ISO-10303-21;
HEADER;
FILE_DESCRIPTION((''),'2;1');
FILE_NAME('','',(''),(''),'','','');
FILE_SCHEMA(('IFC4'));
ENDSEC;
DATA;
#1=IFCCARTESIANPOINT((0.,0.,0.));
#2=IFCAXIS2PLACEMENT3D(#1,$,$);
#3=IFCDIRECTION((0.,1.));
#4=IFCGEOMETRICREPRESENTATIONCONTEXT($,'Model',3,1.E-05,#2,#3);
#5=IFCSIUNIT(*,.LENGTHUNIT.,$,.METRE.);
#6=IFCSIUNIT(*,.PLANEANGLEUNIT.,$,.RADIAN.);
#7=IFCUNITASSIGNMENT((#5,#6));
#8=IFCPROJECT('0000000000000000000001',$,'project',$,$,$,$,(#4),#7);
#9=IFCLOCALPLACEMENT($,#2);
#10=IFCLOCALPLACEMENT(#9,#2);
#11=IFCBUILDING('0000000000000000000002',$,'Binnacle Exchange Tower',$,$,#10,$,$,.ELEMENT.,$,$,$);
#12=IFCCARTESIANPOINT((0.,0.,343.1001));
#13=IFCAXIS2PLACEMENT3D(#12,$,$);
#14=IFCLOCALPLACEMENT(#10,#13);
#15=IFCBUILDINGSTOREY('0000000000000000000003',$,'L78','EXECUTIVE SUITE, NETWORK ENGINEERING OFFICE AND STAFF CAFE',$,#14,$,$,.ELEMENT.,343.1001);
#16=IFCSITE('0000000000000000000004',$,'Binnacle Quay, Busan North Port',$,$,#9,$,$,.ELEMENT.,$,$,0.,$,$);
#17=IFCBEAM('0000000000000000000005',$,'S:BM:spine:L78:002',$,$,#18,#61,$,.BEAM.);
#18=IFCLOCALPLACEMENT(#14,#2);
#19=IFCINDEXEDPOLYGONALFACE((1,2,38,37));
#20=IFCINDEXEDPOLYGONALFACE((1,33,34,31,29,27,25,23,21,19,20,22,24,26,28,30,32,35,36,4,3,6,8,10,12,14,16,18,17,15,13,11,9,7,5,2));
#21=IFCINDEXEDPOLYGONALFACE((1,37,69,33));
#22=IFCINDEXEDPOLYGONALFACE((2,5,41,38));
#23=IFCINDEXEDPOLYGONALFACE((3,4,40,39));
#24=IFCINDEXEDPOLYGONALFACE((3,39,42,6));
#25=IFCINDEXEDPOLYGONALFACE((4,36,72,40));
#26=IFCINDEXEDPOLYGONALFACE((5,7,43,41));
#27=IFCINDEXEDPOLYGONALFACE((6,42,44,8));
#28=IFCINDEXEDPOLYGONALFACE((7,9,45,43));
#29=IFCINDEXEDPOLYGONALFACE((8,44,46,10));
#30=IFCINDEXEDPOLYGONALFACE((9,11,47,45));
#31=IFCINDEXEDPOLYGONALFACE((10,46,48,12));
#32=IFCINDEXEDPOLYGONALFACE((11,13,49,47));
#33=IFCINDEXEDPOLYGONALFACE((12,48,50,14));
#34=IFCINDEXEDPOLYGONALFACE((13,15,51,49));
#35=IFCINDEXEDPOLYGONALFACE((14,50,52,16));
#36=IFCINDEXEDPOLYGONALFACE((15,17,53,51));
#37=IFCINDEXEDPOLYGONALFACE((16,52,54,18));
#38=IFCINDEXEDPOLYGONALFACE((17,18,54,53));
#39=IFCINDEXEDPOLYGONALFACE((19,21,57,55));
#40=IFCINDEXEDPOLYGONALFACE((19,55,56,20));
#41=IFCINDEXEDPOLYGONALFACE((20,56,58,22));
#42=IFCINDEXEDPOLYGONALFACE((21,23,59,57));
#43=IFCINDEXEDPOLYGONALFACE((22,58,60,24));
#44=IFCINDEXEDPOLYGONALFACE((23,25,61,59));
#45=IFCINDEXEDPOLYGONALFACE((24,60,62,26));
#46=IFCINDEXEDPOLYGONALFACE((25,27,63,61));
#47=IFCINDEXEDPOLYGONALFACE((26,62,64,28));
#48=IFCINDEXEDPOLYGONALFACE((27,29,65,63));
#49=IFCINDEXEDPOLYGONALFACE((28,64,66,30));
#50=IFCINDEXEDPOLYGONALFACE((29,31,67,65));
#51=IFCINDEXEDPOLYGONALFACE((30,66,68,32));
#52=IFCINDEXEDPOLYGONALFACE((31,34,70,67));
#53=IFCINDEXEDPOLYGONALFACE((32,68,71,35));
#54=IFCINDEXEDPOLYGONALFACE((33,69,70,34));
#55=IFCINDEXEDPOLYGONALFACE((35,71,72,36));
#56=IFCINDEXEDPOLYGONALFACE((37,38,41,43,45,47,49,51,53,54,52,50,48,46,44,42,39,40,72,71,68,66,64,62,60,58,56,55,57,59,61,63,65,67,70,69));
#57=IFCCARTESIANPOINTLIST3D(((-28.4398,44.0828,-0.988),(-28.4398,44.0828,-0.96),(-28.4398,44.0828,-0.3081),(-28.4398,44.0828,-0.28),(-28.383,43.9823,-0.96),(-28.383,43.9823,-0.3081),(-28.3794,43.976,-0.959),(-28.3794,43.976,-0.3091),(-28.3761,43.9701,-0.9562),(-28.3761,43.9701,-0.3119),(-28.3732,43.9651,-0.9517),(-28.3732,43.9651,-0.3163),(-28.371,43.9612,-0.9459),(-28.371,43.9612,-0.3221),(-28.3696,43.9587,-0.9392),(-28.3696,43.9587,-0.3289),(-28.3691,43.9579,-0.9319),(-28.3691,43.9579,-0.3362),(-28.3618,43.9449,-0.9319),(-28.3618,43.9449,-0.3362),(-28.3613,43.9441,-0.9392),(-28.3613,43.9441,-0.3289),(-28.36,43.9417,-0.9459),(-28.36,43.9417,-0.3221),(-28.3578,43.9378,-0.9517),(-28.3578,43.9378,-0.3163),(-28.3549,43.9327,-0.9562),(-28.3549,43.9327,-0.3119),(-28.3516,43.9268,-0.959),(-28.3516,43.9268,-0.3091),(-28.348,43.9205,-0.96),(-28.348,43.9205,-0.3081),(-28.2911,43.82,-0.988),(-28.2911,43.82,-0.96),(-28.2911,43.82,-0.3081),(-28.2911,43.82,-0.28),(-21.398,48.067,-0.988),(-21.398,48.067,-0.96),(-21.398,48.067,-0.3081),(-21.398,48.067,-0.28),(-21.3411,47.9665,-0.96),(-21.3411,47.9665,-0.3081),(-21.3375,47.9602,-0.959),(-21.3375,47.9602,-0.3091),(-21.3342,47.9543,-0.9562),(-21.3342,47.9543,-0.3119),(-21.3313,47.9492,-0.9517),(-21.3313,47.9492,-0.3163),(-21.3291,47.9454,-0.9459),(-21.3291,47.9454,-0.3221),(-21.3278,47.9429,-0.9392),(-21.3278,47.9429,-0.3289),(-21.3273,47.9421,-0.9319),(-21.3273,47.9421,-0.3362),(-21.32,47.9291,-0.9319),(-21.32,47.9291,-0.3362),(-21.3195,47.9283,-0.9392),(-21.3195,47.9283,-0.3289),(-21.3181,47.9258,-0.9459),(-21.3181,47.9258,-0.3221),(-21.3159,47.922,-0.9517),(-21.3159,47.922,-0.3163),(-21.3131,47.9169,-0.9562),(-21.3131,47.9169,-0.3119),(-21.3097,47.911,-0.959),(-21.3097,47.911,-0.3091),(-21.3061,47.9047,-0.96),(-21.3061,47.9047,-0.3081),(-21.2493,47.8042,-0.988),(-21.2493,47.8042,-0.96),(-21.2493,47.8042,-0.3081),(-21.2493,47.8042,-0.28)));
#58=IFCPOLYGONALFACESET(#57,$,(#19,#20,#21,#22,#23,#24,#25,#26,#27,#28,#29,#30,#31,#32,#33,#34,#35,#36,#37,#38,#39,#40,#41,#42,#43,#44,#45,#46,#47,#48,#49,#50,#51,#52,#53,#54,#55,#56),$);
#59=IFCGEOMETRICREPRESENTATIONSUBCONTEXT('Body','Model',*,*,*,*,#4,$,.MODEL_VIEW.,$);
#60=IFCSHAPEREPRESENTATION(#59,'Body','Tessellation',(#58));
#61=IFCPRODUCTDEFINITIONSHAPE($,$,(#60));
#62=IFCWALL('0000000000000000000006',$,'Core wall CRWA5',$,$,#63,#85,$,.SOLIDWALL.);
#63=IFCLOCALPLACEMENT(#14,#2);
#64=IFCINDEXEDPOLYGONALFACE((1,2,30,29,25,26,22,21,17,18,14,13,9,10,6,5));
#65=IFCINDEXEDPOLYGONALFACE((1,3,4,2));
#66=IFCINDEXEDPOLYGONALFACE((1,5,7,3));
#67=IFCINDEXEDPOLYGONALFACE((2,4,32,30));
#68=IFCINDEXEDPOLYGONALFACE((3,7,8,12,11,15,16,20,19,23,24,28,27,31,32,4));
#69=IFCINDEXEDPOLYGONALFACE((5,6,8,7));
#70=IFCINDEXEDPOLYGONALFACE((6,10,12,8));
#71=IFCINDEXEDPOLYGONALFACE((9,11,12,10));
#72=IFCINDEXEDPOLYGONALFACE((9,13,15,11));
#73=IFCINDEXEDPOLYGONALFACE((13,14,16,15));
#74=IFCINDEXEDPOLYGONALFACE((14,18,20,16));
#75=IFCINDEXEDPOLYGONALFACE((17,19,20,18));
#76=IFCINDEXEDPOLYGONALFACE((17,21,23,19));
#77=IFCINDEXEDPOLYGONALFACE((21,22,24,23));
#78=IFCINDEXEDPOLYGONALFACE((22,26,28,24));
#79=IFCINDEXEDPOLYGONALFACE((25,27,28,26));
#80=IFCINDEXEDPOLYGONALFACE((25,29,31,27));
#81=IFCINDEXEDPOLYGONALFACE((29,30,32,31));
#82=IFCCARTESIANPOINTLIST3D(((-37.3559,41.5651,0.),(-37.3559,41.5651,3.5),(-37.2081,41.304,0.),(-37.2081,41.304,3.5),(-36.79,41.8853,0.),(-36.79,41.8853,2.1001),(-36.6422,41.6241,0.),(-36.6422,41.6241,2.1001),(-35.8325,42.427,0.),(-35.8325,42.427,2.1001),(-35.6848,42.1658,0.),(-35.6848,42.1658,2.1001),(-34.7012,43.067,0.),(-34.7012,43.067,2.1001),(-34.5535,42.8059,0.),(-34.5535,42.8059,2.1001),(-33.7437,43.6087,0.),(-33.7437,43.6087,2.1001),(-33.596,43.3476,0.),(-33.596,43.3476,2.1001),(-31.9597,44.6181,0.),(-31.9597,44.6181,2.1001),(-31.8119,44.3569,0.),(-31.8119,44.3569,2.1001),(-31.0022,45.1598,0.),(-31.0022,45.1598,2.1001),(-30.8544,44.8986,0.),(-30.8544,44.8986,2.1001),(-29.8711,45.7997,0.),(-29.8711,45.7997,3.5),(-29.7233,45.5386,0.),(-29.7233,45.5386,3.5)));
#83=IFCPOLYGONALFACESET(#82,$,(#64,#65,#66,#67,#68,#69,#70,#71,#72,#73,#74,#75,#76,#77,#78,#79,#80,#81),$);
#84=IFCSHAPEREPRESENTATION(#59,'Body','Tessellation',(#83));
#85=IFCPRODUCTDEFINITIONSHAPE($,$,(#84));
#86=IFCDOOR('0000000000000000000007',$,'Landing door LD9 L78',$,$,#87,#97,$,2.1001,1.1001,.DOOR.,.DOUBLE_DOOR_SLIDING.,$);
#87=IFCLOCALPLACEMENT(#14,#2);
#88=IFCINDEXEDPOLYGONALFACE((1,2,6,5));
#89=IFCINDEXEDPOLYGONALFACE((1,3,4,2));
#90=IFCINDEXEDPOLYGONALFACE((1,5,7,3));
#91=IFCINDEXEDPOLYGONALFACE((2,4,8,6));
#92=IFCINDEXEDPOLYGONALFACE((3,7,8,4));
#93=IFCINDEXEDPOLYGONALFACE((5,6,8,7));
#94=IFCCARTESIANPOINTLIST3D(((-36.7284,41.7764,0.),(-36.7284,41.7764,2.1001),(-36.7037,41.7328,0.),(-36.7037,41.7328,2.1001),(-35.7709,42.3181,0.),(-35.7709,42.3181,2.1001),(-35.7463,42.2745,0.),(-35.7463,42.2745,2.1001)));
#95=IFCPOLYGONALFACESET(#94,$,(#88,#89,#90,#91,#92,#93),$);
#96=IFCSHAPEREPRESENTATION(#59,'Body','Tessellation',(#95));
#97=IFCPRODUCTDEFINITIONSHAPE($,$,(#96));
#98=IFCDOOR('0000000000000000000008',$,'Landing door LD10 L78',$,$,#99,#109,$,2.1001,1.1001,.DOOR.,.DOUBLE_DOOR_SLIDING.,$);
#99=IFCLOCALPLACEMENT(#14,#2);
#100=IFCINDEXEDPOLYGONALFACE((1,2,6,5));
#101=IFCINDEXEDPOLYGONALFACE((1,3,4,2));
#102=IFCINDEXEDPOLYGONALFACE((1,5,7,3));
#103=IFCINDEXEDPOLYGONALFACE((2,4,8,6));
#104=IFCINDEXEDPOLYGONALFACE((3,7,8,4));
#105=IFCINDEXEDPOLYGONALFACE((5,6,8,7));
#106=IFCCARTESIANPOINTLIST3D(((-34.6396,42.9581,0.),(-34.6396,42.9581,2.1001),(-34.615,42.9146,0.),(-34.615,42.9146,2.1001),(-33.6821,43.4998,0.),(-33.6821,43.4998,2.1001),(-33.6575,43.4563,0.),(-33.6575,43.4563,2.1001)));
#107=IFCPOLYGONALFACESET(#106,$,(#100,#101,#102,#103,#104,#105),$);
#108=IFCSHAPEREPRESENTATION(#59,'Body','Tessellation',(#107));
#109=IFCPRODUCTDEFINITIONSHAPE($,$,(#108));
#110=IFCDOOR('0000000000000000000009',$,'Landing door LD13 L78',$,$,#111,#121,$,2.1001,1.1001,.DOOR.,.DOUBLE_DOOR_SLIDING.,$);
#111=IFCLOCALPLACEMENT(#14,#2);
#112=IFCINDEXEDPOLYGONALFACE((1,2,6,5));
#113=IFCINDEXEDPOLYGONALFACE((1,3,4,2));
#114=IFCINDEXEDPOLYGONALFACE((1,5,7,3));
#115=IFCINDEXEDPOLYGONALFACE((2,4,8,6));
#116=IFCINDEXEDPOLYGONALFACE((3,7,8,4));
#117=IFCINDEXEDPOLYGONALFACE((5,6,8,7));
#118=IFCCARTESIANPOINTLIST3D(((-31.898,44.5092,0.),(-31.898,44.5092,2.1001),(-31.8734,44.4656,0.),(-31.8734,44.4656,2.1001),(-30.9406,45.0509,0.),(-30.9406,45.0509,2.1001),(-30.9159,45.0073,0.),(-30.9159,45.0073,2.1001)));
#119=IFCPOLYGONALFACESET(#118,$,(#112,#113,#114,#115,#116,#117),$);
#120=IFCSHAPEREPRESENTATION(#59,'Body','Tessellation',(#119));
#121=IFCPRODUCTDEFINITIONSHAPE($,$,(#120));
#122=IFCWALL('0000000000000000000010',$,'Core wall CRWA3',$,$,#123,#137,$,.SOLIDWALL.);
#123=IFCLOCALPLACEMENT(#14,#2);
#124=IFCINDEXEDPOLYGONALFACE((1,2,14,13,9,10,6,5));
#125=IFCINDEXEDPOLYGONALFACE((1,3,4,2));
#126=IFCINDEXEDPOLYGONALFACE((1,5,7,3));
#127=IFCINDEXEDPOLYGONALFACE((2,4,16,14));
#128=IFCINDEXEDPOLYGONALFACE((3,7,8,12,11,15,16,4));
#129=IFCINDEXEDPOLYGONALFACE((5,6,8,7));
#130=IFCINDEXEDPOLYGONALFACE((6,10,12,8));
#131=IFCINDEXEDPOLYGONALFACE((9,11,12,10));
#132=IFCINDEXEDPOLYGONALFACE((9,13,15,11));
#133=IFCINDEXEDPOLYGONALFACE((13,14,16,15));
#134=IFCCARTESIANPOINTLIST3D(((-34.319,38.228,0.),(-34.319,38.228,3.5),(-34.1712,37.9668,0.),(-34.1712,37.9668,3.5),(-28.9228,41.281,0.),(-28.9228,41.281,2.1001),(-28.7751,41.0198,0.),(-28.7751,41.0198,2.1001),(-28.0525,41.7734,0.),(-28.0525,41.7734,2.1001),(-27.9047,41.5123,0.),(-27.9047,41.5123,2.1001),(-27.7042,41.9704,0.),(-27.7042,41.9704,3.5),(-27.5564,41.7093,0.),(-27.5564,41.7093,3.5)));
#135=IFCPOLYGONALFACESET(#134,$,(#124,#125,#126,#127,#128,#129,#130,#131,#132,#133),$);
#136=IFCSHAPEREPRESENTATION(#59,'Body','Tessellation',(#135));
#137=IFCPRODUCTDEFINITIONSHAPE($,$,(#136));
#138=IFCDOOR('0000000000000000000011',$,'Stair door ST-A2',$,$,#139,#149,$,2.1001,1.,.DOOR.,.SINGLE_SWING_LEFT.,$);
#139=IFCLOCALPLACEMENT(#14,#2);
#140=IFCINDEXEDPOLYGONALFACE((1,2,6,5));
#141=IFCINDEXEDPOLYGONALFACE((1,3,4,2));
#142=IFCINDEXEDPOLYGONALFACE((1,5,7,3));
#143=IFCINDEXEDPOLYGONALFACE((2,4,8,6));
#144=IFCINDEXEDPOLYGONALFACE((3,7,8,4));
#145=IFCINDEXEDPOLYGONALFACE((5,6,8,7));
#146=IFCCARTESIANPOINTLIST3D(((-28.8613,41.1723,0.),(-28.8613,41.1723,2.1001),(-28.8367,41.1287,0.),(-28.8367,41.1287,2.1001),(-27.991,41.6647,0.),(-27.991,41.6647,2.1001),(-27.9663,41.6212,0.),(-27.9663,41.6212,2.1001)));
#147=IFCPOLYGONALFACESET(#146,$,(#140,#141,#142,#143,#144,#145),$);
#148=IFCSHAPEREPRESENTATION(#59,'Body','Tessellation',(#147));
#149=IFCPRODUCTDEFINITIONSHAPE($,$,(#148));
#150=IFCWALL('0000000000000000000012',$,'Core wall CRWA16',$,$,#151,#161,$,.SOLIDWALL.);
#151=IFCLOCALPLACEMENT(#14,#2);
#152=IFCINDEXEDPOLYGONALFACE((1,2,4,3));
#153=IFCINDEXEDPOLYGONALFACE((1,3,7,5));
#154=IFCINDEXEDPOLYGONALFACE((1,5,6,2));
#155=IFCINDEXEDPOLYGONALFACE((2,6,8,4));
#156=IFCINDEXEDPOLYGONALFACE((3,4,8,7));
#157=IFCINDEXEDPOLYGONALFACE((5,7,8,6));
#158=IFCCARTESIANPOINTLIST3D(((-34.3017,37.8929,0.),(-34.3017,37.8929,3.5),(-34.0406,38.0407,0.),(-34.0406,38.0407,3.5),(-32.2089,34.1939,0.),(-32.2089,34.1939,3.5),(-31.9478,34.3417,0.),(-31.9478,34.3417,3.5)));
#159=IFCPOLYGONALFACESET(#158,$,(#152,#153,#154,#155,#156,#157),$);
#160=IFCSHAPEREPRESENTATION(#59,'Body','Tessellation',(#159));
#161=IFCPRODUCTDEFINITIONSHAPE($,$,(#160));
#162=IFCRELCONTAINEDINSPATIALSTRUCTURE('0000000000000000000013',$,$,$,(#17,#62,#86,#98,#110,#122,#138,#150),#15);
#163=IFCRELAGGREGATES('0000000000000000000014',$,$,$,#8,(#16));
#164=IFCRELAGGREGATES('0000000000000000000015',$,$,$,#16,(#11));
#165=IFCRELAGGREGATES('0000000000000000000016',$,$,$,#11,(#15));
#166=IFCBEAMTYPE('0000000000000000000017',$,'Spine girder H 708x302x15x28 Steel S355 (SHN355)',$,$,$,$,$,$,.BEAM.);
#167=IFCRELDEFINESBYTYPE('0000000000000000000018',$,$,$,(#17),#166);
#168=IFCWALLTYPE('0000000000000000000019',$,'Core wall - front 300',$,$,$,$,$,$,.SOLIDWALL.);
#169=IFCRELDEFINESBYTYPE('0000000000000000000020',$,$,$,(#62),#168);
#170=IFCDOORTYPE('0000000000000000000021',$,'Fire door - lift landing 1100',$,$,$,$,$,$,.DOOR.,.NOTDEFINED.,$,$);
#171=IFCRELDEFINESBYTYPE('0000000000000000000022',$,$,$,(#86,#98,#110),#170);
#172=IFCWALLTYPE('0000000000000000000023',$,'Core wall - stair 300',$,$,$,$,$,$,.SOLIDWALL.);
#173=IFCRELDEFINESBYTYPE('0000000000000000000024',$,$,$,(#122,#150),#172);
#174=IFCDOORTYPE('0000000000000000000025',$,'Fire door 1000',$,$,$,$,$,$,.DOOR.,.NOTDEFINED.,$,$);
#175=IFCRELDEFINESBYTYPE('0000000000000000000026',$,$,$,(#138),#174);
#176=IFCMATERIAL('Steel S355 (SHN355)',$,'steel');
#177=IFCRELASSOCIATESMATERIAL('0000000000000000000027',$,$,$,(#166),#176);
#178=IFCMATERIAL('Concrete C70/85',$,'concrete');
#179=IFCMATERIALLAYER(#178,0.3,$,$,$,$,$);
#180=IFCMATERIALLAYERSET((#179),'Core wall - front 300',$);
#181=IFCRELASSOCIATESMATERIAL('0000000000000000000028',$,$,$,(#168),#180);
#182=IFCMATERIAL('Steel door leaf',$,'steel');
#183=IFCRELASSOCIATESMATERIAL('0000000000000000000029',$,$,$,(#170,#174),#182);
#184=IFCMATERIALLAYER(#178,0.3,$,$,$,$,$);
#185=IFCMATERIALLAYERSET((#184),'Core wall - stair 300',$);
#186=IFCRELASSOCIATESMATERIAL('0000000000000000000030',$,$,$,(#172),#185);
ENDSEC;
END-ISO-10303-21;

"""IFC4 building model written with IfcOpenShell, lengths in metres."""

from ifc_helpers import new_model, si_unit, direction, frame, frame_2d, origin, origin_2d, place, context, subcontext, project, spatial, rectangle, i_section, extrude, material, layer, layer_set, material_profile, profile_set, type_object, element, fill, save


model = new_model("IFC4")

# Units and contexts
model_context = context("Model", 3, precision=1e-05, world=origin(), true_north=direction((0.0, 1.0)))
body_context = subcontext(model_context, "Body", "Model", "MODEL_VIEW")
ifc_project = project(units=[si_unit("LENGTHUNIT", "METRE"), si_unit("PLANEANGLEUNIT", "RADIAN")], contexts=[model_context])

# Site, building, storey
site_placement = place(None, origin())
site = spatial("IfcSite", under=ifc_project, at=site_placement, Name="Binnacle Quay, Busan North Port", CompositionType="ELEMENT", RefElevation=0.0)
building_placement = place(site_placement, origin())
building = spatial("IfcBuilding", under=site, at=building_placement, Name="Binnacle Exchange Tower", CompositionType="ELEMENT")
storey_placement = place(building_placement, frame((0.0, 0.0, 343.1001)))
storey = spatial("IfcBuildingStorey", under=building, at=storey_placement, Name="L78", Description="EXECUTIVE SUITE, NETWORK ENGINEERING OFFICE AND STAFF CAFE", CompositionType="ELEMENT", Elevation=343.1001)

# Beam
ifc_material_1 = material(Name="Steel S355 (SHN355)", Category="steel")
ifc_material_profile = material_profile(ifc_material_1, i_section(OverallWidth=0.302, OverallDepth=0.708, WebThickness=0.0149, FlangeThickness=0.0281, FilletRadius=0.0281, at=origin_2d()), Name="H 708x302x15x28")
ifc_profile_set = profile_set([ifc_material_profile], Name="Steel S355 (SHN355)")
beam_type = type_object("IfcBeamType", Name="Spine girder H 708x302x15x28 Steel S355 (SHN355)", PredefinedType="BEAM", material=ifc_profile_set)
beam_placement = place(storey_placement, frame((-28.3655, 43.9514, -0.634), z_axis=(0.87035, 0.492433, 0.0), x_axis=(-0.492433, 0.87035, 0.0)))
element("IfcBeam", 1, at=beam_placement, inside=storey, type_object=beam_type, Name="S:BM:spine:L78:002", PredefinedType="BEAM", context=body_context, shape_type="SweptSolid", body=[
    extrude(i_section(OverallWidth=0.302, OverallDepth=0.708, WebThickness=0.0149, FlangeThickness=0.0281, FilletRadius=0.0281, at=origin_2d()), origin(), (0.0, 0.0, 1.0), 8.0908),
])

# Wall, openings, doors
ifc_material_2 = material(Name="Concrete C70/85", Category="concrete")
ifc_layer_1 = layer(ifc_material_2, 0.3)
ifc_layer_set_1 = layer_set([ifc_layer_1], Name="Core wall - front 300")
wall_type_1 = type_object("IfcWallType", Name="Core wall - front 300", PredefinedType="SOLIDWALL", material=ifc_layer_set_1)
wall_1_placement = place(storey_placement, frame((-37.282, 41.4346, 0.0), z_axis=(0.0, 0.0, 1.0), x_axis=(0.870361, 0.492414, 0.0)))
wall_1 = element("IfcWall", 2, at=wall_1_placement, inside=storey, type_object=wall_type_1, Name="Core wall CRWA5", PredefinedType="SOLIDWALL", context=body_context, shape_type="SweptSolid", body=[
    extrude(rectangle(XDim=8.5996, YDim=0.3, at=frame_2d((4.2998, 0.0))), origin(), (0.0, 0.0, 1.0), 3.5),
])
opening_1_placement = place(wall_1_placement, frame((0.6501, 0.0, 0.0)))
opening_1 = element("IfcOpeningElement", 3, at=opening_1_placement, cuts=wall_1, PredefinedType="OPENING", context=body_context, shape_type="SweptSolid", body=[
    extrude(rectangle(XDim=1.1001, YDim=2.1001, at=frame_2d((0.55, 1.05))), frame((0.0, 0.1599, 0.0), z_axis=(0.0, -1.0, 0.0), x_axis=(1.0, 0.0, 0.0)), (0.0, 0.0, 1.0), 0.3201),
])
opening_2_placement = place(wall_1_placement, frame((3.05, 0.0, 0.0)))
opening_2 = element("IfcOpeningElement", 4, at=opening_2_placement, cuts=wall_1, PredefinedType="OPENING", context=body_context, shape_type="SweptSolid", body=[
    extrude(rectangle(XDim=1.1001, YDim=2.1001, at=frame_2d((0.55, 1.05))), frame((0.0, 0.1599, 0.0), z_axis=(0.0, -1.0, 0.0), x_axis=(1.0, 0.0, 0.0)), (0.0, 0.0, 1.0), 0.3201),
])
opening_3_placement = place(wall_1_placement, frame((6.2, 0.0, 0.0)))
opening_3 = element("IfcOpeningElement", 5, at=opening_3_placement, cuts=wall_1, PredefinedType="OPENING", context=body_context, shape_type="SweptSolid", body=[
    extrude(rectangle(XDim=1.1001, YDim=2.1001, at=frame_2d((0.55, 1.05))), frame((0.0, 0.1599, 0.0), z_axis=(0.0, -1.0, 0.0), x_axis=(1.0, 0.0, 0.0)), (0.0, 0.0, 1.0), 0.3201),
])
ifc_material_3 = material(Name="Steel door leaf", Category="steel")
door_type_1 = type_object("IfcDoorType", Name="Fire door - lift landing 1100", OperationType="NOTDEFINED", PredefinedType="DOOR", material=ifc_material_3)
door_1_placement = place(opening_1_placement, origin())
door_1 = element("IfcDoor", 6, at=door_1_placement, inside=storey, type_object=door_type_1, Name="Landing door LD9 L78", OperationType="DOUBLE_DOOR_SLIDING", OverallHeight=2.1001, OverallWidth=1.1001, PredefinedType="DOOR", context=body_context, shape_type="SweptSolid", body=[
    extrude(rectangle(XDim=1.1001, YDim=2.1001, at=frame_2d((0.55, 1.05))), frame((0.0, 0.0249, 0.0), z_axis=(0.0, -1.0, 0.0), x_axis=(1.0, 0.0, 0.0)), (0.0, 0.0, 1.0), 0.05),
])
fill(opening_1, door_1)
door_2_placement = place(opening_2_placement, origin())
door_2 = element("IfcDoor", 7, at=door_2_placement, inside=storey, type_object=door_type_1, Name="Landing door LD10 L78", OperationType="DOUBLE_DOOR_SLIDING", OverallHeight=2.1001, OverallWidth=1.1001, PredefinedType="DOOR", context=body_context, shape_type="SweptSolid", body=[
    extrude(rectangle(XDim=1.1001, YDim=2.1001, at=frame_2d((0.55, 1.05))), frame((0.0, 0.0249, 0.0), z_axis=(0.0, -1.0, 0.0), x_axis=(1.0, 0.0, 0.0)), (0.0, 0.0, 1.0), 0.05),
])
fill(opening_2, door_2)
door_3_placement = place(opening_3_placement, origin())
door_3 = element("IfcDoor", 8, at=door_3_placement, inside=storey, type_object=door_type_1, Name="Landing door LD13 L78", OperationType="DOUBLE_DOOR_SLIDING", OverallHeight=2.1001, OverallWidth=1.1001, PredefinedType="DOOR", context=body_context, shape_type="SweptSolid", body=[
    extrude(rectangle(XDim=1.1001, YDim=2.1001, at=frame_2d((0.55, 1.05))), frame((0.0, 0.0249, 0.0), z_axis=(0.0, -1.0, 0.0), x_axis=(1.0, 0.0, 0.0)), (0.0, 0.0, 1.0), 0.05),
])
fill(opening_3, door_3)

# Wall, opening, door
ifc_layer_2 = layer(ifc_material_2, 0.3)
ifc_layer_set_2 = layer_set([ifc_layer_2], Name="Core wall - stair 300")
wall_type_2 = type_object("IfcWallType", Name="Core wall - stair 300", PredefinedType="SOLIDWALL", material=ifc_layer_set_2)
wall_2_placement = place(storey_placement, frame((-34.2451, 38.0974, 0.0), z_axis=(0.0, 0.0, 1.0), x_axis=(0.870356, 0.492422, 0.0)))
wall_2 = element("IfcWall", 9, at=wall_2_placement, inside=storey, type_object=wall_type_2, Name="Core wall CRWA3", PredefinedType="SOLIDWALL", context=body_context, shape_type="SweptSolid", body=[
    extrude(rectangle(XDim=7.6001, YDim=0.3, at=frame_2d((3.8, 0.0))), origin(), (0.0, 0.0, 1.0), 3.5),
])
opening_4_placement = place(wall_2_placement, frame((6.2, 0.0, 0.0)))
opening_4 = element("IfcOpeningElement", 10, at=opening_4_placement, cuts=wall_2, PredefinedType="OPENING", context=body_context, shape_type="SweptSolid", body=[
    extrude(rectangle(XDim=1.0, YDim=2.1001, at=frame_2d((0.5, 1.05))), frame((0.0, 0.1599, 0.0), z_axis=(0.0, -1.0, 0.0), x_axis=(1.0, 0.0, 0.0)), (0.0, 0.0, 1.0), 0.3201),
])
door_type_2 = type_object("IfcDoorType", Name="Fire door 1000", OperationType="NOTDEFINED", PredefinedType="DOOR", material=ifc_material_3)
door_4_placement = place(opening_4_placement, frame((1.0, 0.0, 0.0), z_axis=(0.0, 0.0, 1.0), x_axis=(-1.0, 0.0, 0.0)))
door_4 = element("IfcDoor", 11, at=door_4_placement, inside=storey, type_object=door_type_2, Name="Stair door ST-A2", OperationType="SINGLE_SWING_LEFT", OverallHeight=2.1001, OverallWidth=1.0, PredefinedType="DOOR", context=body_context, shape_type="SweptSolid", body=[
    extrude(rectangle(XDim=1.0, YDim=2.1001, at=frame_2d((0.5, 1.05))), frame((0.0, 0.0249, 0.0), z_axis=(0.0, -1.0, 0.0), x_axis=(1.0, 0.0, 0.0)), (0.0, 0.0, 1.0), 0.05),
])
fill(opening_4, door_4)

# Wall
wall_3_placement = place(storey_placement, frame((-34.1711, 37.9668, 0.0), z_axis=(0.0, 0.0, 1.0), x_axis=(0.492423, -0.870356, 0.0)))
element("IfcWall", 12, at=wall_3_placement, inside=storey, type_object=wall_type_2, Name="Core wall CRWA16", PredefinedType="SOLIDWALL", context=body_context, shape_type="SweptSolid", body=[
    extrude(rectangle(XDim=4.25, YDim=0.3, at=frame_2d((2.125, 0.0))), origin(), (0.0, 0.0, 1.0), 3.5),
])

save(model, "model.ifc")
